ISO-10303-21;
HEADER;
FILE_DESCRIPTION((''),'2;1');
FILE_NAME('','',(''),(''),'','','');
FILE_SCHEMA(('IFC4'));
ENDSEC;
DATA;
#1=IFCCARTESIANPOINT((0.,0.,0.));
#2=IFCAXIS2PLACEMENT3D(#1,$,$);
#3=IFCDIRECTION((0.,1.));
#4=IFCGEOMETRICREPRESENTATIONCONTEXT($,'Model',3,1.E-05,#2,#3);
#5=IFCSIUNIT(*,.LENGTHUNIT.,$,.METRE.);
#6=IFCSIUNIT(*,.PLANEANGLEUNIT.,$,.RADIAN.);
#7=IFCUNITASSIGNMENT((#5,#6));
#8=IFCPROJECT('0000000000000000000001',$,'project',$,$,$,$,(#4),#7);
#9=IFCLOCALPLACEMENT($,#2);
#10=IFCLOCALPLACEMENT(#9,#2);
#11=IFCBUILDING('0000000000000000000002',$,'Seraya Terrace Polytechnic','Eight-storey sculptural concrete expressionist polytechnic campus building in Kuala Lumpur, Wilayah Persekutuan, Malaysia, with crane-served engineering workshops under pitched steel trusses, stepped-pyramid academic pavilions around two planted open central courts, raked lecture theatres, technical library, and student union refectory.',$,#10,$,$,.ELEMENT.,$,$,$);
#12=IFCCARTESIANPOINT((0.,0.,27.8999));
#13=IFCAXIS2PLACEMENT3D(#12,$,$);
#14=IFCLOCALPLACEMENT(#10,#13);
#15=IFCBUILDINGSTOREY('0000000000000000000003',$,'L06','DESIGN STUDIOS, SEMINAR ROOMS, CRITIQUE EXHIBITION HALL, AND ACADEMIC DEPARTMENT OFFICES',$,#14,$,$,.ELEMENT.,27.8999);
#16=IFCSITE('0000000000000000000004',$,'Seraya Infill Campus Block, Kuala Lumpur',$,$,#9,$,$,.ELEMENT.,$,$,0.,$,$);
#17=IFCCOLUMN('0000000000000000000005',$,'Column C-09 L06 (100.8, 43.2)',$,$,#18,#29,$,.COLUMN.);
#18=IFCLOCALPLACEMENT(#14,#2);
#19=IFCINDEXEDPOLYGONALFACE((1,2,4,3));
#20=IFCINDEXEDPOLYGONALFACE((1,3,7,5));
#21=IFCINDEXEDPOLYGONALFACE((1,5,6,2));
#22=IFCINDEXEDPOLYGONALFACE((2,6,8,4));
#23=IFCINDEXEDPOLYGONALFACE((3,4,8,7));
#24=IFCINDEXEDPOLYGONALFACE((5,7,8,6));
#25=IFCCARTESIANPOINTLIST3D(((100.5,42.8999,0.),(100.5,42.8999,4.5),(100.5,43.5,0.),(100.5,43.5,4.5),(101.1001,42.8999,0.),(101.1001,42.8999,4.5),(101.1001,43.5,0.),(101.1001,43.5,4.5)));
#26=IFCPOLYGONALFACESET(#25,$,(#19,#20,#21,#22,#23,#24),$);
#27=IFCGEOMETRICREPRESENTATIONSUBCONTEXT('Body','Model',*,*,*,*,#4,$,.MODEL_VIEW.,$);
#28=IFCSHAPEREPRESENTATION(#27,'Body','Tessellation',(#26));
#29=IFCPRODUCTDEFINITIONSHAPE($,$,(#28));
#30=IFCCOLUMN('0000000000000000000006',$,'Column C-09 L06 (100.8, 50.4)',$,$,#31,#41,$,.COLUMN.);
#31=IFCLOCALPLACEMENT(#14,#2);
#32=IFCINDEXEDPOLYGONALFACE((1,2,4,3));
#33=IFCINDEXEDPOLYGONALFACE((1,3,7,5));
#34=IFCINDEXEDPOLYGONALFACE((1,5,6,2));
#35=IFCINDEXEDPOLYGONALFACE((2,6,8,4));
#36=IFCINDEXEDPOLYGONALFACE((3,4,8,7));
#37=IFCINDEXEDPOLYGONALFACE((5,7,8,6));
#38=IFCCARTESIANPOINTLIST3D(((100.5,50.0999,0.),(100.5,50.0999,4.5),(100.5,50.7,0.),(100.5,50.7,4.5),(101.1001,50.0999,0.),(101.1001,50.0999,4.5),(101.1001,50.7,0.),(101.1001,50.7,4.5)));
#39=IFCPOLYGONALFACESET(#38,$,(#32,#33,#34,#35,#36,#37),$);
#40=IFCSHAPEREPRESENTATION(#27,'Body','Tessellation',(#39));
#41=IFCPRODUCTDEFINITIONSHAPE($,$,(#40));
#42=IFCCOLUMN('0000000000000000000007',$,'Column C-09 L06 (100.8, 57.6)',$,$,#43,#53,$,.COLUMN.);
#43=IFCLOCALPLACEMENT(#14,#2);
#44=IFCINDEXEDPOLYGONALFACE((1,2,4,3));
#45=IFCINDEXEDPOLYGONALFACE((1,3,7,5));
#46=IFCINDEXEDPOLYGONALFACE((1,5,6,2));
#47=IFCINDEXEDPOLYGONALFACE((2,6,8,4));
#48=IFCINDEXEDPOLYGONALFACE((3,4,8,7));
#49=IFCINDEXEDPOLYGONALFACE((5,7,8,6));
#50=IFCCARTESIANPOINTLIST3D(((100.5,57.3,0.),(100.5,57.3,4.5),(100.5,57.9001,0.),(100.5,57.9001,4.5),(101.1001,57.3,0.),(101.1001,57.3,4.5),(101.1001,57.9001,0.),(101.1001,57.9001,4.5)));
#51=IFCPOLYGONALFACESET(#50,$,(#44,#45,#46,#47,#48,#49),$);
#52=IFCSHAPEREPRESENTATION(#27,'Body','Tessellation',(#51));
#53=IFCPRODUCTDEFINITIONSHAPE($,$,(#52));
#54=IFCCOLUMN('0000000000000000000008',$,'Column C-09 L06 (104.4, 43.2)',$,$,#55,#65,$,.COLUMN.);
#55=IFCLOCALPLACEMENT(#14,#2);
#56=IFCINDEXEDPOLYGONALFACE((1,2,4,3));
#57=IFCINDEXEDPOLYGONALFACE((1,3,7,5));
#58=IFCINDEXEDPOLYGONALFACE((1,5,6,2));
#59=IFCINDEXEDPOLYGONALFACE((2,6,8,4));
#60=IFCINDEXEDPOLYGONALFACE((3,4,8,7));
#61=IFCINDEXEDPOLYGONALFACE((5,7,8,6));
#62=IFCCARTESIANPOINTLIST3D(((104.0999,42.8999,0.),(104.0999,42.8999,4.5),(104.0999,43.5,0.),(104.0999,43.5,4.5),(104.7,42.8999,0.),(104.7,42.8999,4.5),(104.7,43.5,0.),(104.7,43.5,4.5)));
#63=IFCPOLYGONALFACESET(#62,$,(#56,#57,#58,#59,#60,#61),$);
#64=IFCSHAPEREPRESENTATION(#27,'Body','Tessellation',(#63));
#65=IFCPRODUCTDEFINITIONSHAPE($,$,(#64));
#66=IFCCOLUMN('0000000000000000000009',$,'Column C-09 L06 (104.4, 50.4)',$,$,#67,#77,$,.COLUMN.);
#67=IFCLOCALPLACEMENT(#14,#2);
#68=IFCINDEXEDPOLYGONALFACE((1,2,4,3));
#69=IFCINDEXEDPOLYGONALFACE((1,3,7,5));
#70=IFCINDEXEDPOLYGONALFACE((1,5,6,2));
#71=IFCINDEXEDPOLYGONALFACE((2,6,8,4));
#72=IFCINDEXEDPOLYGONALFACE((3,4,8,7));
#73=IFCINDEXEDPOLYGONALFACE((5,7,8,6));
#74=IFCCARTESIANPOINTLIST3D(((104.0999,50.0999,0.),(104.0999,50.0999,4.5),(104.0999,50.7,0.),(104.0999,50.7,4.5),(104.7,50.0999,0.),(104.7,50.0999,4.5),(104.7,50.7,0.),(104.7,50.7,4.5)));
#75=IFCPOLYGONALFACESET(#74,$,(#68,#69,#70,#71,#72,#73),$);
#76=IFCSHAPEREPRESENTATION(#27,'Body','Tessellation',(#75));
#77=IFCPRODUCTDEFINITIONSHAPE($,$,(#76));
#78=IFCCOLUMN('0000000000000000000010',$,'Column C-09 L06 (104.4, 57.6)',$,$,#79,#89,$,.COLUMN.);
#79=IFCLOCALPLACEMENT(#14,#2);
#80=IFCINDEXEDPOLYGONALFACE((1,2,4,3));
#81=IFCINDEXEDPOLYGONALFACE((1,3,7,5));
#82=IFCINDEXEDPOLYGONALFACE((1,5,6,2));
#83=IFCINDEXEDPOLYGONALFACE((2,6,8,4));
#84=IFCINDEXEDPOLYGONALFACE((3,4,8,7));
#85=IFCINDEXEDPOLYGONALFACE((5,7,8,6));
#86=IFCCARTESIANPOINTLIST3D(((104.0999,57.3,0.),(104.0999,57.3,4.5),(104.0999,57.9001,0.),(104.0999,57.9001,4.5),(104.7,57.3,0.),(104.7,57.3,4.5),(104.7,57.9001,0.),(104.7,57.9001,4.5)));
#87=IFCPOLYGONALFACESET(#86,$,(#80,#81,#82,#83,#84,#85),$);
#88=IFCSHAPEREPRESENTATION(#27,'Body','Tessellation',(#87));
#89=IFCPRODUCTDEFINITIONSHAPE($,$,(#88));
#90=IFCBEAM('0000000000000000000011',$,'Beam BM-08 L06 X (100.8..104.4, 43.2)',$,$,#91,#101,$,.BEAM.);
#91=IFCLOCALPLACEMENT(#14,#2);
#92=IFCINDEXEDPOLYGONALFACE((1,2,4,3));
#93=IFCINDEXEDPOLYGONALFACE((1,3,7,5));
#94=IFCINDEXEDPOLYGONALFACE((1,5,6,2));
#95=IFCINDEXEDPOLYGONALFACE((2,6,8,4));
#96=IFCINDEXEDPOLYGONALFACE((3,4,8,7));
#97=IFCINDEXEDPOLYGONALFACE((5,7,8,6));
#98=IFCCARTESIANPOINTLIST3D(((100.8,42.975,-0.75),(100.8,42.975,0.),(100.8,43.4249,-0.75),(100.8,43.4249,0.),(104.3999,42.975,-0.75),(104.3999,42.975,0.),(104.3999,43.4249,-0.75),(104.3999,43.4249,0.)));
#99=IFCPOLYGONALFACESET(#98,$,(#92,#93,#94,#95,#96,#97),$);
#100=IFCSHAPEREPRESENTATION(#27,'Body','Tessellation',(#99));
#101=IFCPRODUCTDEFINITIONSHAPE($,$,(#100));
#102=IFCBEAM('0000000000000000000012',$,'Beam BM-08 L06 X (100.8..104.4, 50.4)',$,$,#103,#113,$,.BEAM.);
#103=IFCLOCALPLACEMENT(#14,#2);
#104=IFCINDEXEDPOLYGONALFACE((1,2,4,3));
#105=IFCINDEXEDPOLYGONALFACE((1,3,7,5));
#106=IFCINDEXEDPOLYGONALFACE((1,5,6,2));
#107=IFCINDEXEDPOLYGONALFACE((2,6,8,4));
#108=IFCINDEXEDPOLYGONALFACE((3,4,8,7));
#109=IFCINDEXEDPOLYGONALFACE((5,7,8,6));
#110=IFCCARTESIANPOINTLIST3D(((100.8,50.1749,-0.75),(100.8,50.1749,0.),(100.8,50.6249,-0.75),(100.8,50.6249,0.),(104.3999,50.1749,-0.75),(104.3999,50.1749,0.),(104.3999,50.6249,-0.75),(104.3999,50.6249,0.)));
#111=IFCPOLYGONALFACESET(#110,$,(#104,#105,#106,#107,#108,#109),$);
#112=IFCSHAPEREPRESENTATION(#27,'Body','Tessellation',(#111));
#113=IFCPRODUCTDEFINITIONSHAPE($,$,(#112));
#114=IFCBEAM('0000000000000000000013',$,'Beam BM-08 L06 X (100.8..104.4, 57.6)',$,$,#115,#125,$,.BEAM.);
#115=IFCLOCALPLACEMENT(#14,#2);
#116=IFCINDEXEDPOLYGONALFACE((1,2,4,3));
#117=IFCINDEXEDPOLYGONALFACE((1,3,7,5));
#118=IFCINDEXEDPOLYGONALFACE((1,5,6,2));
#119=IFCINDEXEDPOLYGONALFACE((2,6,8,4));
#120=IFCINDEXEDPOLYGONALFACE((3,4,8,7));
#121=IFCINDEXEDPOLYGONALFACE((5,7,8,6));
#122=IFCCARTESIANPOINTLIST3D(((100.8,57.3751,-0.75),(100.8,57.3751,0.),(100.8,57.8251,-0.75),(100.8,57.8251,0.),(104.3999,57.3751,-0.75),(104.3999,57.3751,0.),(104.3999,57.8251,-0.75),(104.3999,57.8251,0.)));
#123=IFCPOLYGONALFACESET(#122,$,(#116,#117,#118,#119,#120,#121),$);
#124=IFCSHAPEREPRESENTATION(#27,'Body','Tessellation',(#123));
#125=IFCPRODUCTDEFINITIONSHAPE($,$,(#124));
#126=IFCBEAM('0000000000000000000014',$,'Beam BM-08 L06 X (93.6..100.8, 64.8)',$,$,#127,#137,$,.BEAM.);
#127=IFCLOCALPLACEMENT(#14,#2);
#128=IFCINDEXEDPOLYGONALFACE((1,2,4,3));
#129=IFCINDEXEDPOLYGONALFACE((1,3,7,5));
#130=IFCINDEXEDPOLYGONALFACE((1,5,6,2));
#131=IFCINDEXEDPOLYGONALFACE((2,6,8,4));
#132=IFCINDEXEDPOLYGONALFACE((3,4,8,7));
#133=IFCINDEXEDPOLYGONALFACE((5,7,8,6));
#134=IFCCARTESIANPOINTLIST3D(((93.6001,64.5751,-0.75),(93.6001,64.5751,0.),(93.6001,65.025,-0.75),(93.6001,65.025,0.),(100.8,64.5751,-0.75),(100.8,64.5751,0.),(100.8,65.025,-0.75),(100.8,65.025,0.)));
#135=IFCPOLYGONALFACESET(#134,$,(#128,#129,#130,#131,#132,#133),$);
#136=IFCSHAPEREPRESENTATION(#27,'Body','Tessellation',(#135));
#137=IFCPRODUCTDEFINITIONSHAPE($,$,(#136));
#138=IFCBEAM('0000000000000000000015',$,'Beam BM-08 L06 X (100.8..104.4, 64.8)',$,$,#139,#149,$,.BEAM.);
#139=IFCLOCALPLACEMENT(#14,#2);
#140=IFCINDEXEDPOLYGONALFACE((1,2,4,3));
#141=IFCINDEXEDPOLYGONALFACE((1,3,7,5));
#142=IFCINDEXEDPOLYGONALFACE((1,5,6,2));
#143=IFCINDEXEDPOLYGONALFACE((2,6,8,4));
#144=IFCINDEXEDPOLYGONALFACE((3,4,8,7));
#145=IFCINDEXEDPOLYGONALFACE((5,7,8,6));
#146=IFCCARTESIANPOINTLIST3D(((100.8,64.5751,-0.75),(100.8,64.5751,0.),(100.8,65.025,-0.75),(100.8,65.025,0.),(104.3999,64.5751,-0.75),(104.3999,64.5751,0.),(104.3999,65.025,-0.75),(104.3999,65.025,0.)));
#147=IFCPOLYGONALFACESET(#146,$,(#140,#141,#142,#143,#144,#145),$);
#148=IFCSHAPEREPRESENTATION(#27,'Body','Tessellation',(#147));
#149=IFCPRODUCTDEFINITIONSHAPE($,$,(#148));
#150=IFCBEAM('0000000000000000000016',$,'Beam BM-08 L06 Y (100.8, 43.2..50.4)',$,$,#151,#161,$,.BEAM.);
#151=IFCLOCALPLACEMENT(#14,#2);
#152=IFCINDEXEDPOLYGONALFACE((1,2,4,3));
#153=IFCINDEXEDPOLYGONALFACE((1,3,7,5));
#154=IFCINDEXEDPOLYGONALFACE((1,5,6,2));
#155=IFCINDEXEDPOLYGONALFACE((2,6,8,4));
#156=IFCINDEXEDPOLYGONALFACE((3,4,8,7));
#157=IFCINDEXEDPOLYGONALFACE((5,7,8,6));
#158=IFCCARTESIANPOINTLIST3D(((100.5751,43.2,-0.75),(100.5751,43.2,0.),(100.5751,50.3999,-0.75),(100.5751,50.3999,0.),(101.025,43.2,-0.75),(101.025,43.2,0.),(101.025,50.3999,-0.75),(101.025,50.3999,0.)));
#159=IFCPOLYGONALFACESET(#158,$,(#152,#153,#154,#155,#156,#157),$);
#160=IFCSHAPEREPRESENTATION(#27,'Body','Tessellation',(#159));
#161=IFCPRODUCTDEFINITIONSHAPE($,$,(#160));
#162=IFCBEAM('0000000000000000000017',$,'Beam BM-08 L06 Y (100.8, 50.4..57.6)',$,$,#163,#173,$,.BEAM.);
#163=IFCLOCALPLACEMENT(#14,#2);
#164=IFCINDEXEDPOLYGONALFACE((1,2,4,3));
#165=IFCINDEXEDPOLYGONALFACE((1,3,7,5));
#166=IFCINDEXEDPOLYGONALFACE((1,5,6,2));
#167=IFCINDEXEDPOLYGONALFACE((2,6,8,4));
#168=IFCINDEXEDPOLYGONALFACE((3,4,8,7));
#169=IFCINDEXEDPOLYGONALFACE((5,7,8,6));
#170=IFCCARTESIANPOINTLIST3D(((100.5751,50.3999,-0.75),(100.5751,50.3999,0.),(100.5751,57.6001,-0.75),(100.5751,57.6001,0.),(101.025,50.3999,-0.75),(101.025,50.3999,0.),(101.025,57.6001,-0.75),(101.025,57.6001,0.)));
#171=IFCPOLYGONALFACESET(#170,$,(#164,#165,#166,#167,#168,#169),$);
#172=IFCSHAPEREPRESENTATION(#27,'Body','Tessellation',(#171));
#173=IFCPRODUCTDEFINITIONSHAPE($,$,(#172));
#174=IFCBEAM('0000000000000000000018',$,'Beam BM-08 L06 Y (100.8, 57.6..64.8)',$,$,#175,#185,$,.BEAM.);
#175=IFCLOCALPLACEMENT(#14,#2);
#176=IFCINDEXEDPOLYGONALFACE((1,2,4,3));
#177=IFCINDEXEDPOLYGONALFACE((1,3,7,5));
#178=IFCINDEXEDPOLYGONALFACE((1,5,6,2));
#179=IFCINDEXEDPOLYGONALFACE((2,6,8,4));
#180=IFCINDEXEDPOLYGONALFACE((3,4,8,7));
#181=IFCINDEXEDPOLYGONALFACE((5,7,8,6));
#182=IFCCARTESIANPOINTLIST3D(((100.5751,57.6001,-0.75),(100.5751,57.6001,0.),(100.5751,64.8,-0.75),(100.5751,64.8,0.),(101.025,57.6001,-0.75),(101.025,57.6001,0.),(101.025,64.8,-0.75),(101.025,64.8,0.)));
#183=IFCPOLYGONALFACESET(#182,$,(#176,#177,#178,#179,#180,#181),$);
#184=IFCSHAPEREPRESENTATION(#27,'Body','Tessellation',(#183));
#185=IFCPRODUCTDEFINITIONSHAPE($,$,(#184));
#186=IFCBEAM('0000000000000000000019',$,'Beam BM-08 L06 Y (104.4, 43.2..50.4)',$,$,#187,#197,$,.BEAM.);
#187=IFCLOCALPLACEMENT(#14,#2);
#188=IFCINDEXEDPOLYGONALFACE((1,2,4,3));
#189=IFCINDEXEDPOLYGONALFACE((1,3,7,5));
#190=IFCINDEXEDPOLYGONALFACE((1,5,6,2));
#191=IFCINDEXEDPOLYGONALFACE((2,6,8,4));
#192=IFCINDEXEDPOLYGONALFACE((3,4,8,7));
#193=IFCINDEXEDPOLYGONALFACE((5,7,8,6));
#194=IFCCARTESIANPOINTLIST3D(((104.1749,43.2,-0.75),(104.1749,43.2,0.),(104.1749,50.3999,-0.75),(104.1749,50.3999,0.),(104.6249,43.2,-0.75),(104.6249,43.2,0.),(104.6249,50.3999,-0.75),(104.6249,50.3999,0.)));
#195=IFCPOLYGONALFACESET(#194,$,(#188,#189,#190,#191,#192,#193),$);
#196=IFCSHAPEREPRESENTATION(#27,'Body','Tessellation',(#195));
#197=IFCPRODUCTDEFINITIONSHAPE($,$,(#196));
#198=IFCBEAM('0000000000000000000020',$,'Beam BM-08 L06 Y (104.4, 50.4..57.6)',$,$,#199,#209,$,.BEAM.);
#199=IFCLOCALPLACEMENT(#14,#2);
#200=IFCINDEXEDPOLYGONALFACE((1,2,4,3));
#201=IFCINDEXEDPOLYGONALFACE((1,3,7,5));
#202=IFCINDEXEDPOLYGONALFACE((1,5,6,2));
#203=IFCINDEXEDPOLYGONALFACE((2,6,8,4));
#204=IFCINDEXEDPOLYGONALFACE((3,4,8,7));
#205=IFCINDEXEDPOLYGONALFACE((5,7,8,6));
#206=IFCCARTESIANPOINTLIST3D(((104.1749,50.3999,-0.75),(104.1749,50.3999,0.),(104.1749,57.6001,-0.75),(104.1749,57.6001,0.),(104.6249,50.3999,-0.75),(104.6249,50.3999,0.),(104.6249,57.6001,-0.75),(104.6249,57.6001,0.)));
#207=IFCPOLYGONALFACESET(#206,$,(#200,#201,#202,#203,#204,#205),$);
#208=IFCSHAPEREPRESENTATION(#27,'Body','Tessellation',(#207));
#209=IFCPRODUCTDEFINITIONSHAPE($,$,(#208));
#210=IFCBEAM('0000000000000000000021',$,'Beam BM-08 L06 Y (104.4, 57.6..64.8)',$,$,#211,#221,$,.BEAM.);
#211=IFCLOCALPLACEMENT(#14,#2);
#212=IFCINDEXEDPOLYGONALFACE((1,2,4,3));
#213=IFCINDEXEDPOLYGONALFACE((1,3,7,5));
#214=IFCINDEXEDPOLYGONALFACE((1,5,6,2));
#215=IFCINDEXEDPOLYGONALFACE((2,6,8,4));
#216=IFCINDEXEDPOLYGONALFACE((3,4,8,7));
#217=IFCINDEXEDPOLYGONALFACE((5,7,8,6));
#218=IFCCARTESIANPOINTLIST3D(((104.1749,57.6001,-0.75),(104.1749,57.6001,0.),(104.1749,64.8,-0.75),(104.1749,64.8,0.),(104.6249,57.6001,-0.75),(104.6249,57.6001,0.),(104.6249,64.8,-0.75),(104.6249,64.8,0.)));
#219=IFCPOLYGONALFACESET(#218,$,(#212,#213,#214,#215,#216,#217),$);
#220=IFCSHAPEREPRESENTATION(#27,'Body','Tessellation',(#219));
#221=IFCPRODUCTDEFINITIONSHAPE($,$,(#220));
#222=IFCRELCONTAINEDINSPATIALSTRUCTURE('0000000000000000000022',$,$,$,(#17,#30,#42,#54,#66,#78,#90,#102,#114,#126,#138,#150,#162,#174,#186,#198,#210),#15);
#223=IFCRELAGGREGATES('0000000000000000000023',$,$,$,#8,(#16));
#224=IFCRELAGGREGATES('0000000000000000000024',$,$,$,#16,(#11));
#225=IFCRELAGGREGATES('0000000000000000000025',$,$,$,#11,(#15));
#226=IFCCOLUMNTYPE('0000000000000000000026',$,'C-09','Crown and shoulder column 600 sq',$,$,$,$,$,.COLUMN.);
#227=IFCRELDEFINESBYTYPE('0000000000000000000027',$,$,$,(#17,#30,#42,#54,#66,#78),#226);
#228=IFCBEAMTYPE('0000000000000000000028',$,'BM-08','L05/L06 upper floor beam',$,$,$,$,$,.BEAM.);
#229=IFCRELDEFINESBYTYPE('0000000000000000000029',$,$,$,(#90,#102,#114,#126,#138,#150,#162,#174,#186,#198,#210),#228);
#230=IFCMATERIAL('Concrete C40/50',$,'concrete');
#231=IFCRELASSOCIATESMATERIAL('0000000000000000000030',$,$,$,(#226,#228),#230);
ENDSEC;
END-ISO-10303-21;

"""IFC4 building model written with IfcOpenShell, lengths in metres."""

from ifc_helpers import new_model, si_unit, direction, frame, origin, origin_2d, place, context, subcontext, project, spatial, rectangle, extrude, material, material_profile, profile_set, type_object, element, save


model = new_model("IFC4")

# Units and contexts
model_context = context("Model", 3, precision=1e-05, world=origin(), true_north=direction((0.0, 1.0)))
body_context = subcontext(model_context, "Body", "Model", "MODEL_VIEW")
ifc_project = project(units=[si_unit("LENGTHUNIT", "METRE"), si_unit("PLANEANGLEUNIT", "RADIAN")], contexts=[model_context])

# Site, building, storey
site_placement = place(None, origin())
site = spatial("IfcSite", under=ifc_project, at=site_placement, Name="Seraya Infill Campus Block, Kuala Lumpur", CompositionType="ELEMENT", RefElevation=0.0)
building_placement = place(site_placement, origin())
building = spatial("IfcBuilding", under=site, at=building_placement, Name="Seraya Terrace Polytechnic", Description="Eight-storey sculptural concrete expressionist polytechnic campus building in Kuala Lumpur, Wilayah Persekutuan, Malaysia, with crane-served engineering workshops under pitched steel trusses, stepped-pyramid academic pavilions around two planted open central courts, raked lecture theatres, technical library, and student union refectory.", CompositionType="ELEMENT")
storey_placement = place(building_placement, frame((0.0, 0.0, 27.8999)))
storey = spatial("IfcBuildingStorey", under=building, at=storey_placement, Name="L06", Description="DESIGN STUDIOS, SEMINAR ROOMS, CRITIQUE EXHIBITION HALL, AND ACADEMIC DEPARTMENT OFFICES", CompositionType="ELEMENT", Elevation=27.8999)

# Columns
ifc_material_1 = material(Name="Concrete C40/50", Category="concrete")
ifc_material_profile_1 = material_profile(ifc_material_1, rectangle(XDim=0.6001, YDim=0.6001, at=origin_2d()), Name="RC 600x600")
ifc_profile_set_1 = profile_set([ifc_material_profile_1], Name="Concrete C40/50")
column_type = type_object("IfcColumnType", Name="C-09", Description="Crown and shoulder column 600 sq", PredefinedType="COLUMN", material=ifc_profile_set_1)
for number, where, z_axis, x_axis, name in (
    (1, (100.8, 43.2, 0.0), (0.0, 0.0, 1.0), (1.0, 0.0, 0.0), "Column C-09 L06 (100.8, 43.2)"),
    (2, (100.8, 50.3999, 0.0), (0.0, 0.0, 1.0), (1.0, 0.0, 0.0), "Column C-09 L06 (100.8, 50.4)"),
    (3, (100.8, 57.6001, 0.0), (0.0, 0.0, 1.0), (1.0, 0.0, 0.0), "Column C-09 L06 (100.8, 57.6)"),
    (4, (104.3999, 43.2, 0.0), (0.0, 0.0, 1.0), (1.0, 0.0, 0.0), "Column C-09 L06 (104.4, 43.2)"),
    (5, (104.3999, 50.3999, 0.0), (0.0, 0.0, 1.0), (1.0, 0.0, 0.0), "Column C-09 L06 (104.4, 50.4)"),
    (6, (104.3999, 57.6001, 0.0), (0.0, 0.0, 1.0), (1.0, 0.0, 0.0), "Column C-09 L06 (104.4, 57.6)"),
):
    element("IfcColumn", number, at=place(storey_placement, frame(where, z_axis=z_axis, x_axis=x_axis)), inside=storey, type_object=column_type, Name=name, PredefinedType="COLUMN", context=body_context, shape_type="SweptSolid", body=[
        extrude(rectangle(XDim=0.6001, YDim=0.6001, at=origin_2d()), origin(), (0.0, 0.0, 1.0), 4.5),
    ])

# Beams
ifc_material_profile_2 = material_profile(ifc_material_1, rectangle(XDim=0.45, YDim=0.75, at=origin_2d()), Name="RC 450x750")
ifc_profile_set_2 = profile_set([ifc_material_profile_2], Name="Concrete C40/50")
beam_type = type_object("IfcBeamType", Name="BM-08", Description="L05/L06 upper floor beam", PredefinedType="BEAM", material=ifc_profile_set_2)
for number, where, z_axis, x_axis, name in (
    (7, (100.8, 43.2, -0.375), (1.0, 0.0, 0.0), (0.0, 1.0, 0.0), "Beam BM-08 L06 X (100.8..104.4, 43.2)"),
    (8, (100.8, 50.3999, -0.375), (1.0, 0.0, 0.0), (0.0, 1.0, 0.0), "Beam BM-08 L06 X (100.8..104.4, 50.4)"),
    (9, (100.8, 57.6001, -0.375), (1.0, 0.0, 0.0), (0.0, 1.0, 0.0), "Beam BM-08 L06 X (100.8..104.4, 57.6)"),
):
    element("IfcBeam", number, at=place(storey_placement, frame(where, z_axis=z_axis, x_axis=x_axis)), inside=storey, type_object=beam_type, Name=name, PredefinedType="BEAM", context=body_context, shape_type="SweptSolid", body=[
        extrude(rectangle(XDim=0.45, YDim=0.75, at=origin_2d()), origin(), (0.0, 0.0, 1.0), 3.5999),
    ])
beam_1_placement = place(storey_placement, frame((93.6001, 64.8, -0.375), z_axis=(1.0, 0.0, 0.0), x_axis=(0.0, 1.0, 0.0)))
element("IfcBeam", 10, at=beam_1_placement, inside=storey, type_object=beam_type, Name="Beam BM-08 L06 X (93.6..100.8, 64.8)", PredefinedType="BEAM", context=body_context, shape_type="SweptSolid", body=[
    extrude(rectangle(XDim=0.45, YDim=0.75, at=origin_2d()), origin(), (0.0, 0.0, 1.0), 7.2),
])
beam_2_placement = place(storey_placement, frame((100.8, 64.8, -0.375), z_axis=(1.0, 0.0, 0.0), x_axis=(0.0, 1.0, 0.0)))
element("IfcBeam", 11, at=beam_2_placement, inside=storey, type_object=beam_type, Name="Beam BM-08 L06 X (100.8..104.4, 64.8)", PredefinedType="BEAM", context=body_context, shape_type="SweptSolid", body=[
    extrude(rectangle(XDim=0.45, YDim=0.75, at=origin_2d()), origin(), (0.0, 0.0, 1.0), 3.5999),
])
beam_3_placement = place(storey_placement, frame((100.8, 43.2, -0.375), z_axis=(0.0, 1.0, 0.0), x_axis=(-1.0, 0.0, 0.0)))
element("IfcBeam", 12, at=beam_3_placement, inside=storey, type_object=beam_type, Name="Beam BM-08 L06 Y (100.8, 43.2..50.4)", PredefinedType="BEAM", context=body_context, shape_type="SweptSolid", body=[
    extrude(rectangle(XDim=0.45, YDim=0.75, at=origin_2d()), origin(), (0.0, 0.0, 1.0), 7.2),
])
beam_4_placement = place(storey_placement, frame((100.8, 50.3999, -0.375), z_axis=(0.0, 1.0, 0.0), x_axis=(-1.0, 0.0, 0.0)))
element("IfcBeam", 13, at=beam_4_placement, inside=storey, type_object=beam_type, Name="Beam BM-08 L06 Y (100.8, 50.4..57.6)", PredefinedType="BEAM", context=body_context, shape_type="SweptSolid", body=[
    extrude(rectangle(XDim=0.45, YDim=0.75, at=origin_2d()), origin(), (0.0, 0.0, 1.0), 7.2002),
])
for number, where, z_axis, x_axis, name in (
    (14, (100.8, 57.6001, -0.375), (0.0, 1.0, 0.0), (-1.0, 0.0, 0.0), "Beam BM-08 L06 Y (100.8, 57.6..64.8)"),
    (15, (104.3999, 43.2, -0.375), (0.0, 1.0, 0.0), (-1.0, 0.0, 0.0), "Beam BM-08 L06 Y (104.4, 43.2..50.4)"),
):
    element("IfcBeam", number, at=place(storey_placement, frame(where, z_axis=z_axis, x_axis=x_axis)), inside=storey, type_object=beam_type, Name=name, PredefinedType="BEAM", context=body_context, shape_type="SweptSolid", body=[
        extrude(rectangle(XDim=0.45, YDim=0.75, at=origin_2d()), origin(), (0.0, 0.0, 1.0), 7.2),
    ])
beam_5_placement = place(storey_placement, frame((104.3999, 50.3999, -0.375), z_axis=(0.0, 1.0, 0.0), x_axis=(-1.0, 0.0, 0.0)))
element("IfcBeam", 16, at=beam_5_placement, inside=storey, type_object=beam_type, Name="Beam BM-08 L06 Y (104.4, 50.4..57.6)", PredefinedType="BEAM", context=body_context, shape_type="SweptSolid", body=[
    extrude(rectangle(XDim=0.45, YDim=0.75, at=origin_2d()), origin(), (0.0, 0.0, 1.0), 7.2002),
])
beam_6_placement = place(storey_placement, frame((104.3999, 57.6001, -0.375), z_axis=(0.0, 1.0, 0.0), x_axis=(-1.0, 0.0, 0.0)))
element("IfcBeam", 17, at=beam_6_placement, inside=storey, type_object=beam_type, Name="Beam BM-08 L06 Y (104.4, 57.6..64.8)", PredefinedType="BEAM", context=body_context, shape_type="SweptSolid", body=[
    extrude(rectangle(XDim=0.45, YDim=0.75, at=origin_2d()), origin(), (0.0, 0.0, 1.0), 7.2),
])

save(model, "model.ifc")
